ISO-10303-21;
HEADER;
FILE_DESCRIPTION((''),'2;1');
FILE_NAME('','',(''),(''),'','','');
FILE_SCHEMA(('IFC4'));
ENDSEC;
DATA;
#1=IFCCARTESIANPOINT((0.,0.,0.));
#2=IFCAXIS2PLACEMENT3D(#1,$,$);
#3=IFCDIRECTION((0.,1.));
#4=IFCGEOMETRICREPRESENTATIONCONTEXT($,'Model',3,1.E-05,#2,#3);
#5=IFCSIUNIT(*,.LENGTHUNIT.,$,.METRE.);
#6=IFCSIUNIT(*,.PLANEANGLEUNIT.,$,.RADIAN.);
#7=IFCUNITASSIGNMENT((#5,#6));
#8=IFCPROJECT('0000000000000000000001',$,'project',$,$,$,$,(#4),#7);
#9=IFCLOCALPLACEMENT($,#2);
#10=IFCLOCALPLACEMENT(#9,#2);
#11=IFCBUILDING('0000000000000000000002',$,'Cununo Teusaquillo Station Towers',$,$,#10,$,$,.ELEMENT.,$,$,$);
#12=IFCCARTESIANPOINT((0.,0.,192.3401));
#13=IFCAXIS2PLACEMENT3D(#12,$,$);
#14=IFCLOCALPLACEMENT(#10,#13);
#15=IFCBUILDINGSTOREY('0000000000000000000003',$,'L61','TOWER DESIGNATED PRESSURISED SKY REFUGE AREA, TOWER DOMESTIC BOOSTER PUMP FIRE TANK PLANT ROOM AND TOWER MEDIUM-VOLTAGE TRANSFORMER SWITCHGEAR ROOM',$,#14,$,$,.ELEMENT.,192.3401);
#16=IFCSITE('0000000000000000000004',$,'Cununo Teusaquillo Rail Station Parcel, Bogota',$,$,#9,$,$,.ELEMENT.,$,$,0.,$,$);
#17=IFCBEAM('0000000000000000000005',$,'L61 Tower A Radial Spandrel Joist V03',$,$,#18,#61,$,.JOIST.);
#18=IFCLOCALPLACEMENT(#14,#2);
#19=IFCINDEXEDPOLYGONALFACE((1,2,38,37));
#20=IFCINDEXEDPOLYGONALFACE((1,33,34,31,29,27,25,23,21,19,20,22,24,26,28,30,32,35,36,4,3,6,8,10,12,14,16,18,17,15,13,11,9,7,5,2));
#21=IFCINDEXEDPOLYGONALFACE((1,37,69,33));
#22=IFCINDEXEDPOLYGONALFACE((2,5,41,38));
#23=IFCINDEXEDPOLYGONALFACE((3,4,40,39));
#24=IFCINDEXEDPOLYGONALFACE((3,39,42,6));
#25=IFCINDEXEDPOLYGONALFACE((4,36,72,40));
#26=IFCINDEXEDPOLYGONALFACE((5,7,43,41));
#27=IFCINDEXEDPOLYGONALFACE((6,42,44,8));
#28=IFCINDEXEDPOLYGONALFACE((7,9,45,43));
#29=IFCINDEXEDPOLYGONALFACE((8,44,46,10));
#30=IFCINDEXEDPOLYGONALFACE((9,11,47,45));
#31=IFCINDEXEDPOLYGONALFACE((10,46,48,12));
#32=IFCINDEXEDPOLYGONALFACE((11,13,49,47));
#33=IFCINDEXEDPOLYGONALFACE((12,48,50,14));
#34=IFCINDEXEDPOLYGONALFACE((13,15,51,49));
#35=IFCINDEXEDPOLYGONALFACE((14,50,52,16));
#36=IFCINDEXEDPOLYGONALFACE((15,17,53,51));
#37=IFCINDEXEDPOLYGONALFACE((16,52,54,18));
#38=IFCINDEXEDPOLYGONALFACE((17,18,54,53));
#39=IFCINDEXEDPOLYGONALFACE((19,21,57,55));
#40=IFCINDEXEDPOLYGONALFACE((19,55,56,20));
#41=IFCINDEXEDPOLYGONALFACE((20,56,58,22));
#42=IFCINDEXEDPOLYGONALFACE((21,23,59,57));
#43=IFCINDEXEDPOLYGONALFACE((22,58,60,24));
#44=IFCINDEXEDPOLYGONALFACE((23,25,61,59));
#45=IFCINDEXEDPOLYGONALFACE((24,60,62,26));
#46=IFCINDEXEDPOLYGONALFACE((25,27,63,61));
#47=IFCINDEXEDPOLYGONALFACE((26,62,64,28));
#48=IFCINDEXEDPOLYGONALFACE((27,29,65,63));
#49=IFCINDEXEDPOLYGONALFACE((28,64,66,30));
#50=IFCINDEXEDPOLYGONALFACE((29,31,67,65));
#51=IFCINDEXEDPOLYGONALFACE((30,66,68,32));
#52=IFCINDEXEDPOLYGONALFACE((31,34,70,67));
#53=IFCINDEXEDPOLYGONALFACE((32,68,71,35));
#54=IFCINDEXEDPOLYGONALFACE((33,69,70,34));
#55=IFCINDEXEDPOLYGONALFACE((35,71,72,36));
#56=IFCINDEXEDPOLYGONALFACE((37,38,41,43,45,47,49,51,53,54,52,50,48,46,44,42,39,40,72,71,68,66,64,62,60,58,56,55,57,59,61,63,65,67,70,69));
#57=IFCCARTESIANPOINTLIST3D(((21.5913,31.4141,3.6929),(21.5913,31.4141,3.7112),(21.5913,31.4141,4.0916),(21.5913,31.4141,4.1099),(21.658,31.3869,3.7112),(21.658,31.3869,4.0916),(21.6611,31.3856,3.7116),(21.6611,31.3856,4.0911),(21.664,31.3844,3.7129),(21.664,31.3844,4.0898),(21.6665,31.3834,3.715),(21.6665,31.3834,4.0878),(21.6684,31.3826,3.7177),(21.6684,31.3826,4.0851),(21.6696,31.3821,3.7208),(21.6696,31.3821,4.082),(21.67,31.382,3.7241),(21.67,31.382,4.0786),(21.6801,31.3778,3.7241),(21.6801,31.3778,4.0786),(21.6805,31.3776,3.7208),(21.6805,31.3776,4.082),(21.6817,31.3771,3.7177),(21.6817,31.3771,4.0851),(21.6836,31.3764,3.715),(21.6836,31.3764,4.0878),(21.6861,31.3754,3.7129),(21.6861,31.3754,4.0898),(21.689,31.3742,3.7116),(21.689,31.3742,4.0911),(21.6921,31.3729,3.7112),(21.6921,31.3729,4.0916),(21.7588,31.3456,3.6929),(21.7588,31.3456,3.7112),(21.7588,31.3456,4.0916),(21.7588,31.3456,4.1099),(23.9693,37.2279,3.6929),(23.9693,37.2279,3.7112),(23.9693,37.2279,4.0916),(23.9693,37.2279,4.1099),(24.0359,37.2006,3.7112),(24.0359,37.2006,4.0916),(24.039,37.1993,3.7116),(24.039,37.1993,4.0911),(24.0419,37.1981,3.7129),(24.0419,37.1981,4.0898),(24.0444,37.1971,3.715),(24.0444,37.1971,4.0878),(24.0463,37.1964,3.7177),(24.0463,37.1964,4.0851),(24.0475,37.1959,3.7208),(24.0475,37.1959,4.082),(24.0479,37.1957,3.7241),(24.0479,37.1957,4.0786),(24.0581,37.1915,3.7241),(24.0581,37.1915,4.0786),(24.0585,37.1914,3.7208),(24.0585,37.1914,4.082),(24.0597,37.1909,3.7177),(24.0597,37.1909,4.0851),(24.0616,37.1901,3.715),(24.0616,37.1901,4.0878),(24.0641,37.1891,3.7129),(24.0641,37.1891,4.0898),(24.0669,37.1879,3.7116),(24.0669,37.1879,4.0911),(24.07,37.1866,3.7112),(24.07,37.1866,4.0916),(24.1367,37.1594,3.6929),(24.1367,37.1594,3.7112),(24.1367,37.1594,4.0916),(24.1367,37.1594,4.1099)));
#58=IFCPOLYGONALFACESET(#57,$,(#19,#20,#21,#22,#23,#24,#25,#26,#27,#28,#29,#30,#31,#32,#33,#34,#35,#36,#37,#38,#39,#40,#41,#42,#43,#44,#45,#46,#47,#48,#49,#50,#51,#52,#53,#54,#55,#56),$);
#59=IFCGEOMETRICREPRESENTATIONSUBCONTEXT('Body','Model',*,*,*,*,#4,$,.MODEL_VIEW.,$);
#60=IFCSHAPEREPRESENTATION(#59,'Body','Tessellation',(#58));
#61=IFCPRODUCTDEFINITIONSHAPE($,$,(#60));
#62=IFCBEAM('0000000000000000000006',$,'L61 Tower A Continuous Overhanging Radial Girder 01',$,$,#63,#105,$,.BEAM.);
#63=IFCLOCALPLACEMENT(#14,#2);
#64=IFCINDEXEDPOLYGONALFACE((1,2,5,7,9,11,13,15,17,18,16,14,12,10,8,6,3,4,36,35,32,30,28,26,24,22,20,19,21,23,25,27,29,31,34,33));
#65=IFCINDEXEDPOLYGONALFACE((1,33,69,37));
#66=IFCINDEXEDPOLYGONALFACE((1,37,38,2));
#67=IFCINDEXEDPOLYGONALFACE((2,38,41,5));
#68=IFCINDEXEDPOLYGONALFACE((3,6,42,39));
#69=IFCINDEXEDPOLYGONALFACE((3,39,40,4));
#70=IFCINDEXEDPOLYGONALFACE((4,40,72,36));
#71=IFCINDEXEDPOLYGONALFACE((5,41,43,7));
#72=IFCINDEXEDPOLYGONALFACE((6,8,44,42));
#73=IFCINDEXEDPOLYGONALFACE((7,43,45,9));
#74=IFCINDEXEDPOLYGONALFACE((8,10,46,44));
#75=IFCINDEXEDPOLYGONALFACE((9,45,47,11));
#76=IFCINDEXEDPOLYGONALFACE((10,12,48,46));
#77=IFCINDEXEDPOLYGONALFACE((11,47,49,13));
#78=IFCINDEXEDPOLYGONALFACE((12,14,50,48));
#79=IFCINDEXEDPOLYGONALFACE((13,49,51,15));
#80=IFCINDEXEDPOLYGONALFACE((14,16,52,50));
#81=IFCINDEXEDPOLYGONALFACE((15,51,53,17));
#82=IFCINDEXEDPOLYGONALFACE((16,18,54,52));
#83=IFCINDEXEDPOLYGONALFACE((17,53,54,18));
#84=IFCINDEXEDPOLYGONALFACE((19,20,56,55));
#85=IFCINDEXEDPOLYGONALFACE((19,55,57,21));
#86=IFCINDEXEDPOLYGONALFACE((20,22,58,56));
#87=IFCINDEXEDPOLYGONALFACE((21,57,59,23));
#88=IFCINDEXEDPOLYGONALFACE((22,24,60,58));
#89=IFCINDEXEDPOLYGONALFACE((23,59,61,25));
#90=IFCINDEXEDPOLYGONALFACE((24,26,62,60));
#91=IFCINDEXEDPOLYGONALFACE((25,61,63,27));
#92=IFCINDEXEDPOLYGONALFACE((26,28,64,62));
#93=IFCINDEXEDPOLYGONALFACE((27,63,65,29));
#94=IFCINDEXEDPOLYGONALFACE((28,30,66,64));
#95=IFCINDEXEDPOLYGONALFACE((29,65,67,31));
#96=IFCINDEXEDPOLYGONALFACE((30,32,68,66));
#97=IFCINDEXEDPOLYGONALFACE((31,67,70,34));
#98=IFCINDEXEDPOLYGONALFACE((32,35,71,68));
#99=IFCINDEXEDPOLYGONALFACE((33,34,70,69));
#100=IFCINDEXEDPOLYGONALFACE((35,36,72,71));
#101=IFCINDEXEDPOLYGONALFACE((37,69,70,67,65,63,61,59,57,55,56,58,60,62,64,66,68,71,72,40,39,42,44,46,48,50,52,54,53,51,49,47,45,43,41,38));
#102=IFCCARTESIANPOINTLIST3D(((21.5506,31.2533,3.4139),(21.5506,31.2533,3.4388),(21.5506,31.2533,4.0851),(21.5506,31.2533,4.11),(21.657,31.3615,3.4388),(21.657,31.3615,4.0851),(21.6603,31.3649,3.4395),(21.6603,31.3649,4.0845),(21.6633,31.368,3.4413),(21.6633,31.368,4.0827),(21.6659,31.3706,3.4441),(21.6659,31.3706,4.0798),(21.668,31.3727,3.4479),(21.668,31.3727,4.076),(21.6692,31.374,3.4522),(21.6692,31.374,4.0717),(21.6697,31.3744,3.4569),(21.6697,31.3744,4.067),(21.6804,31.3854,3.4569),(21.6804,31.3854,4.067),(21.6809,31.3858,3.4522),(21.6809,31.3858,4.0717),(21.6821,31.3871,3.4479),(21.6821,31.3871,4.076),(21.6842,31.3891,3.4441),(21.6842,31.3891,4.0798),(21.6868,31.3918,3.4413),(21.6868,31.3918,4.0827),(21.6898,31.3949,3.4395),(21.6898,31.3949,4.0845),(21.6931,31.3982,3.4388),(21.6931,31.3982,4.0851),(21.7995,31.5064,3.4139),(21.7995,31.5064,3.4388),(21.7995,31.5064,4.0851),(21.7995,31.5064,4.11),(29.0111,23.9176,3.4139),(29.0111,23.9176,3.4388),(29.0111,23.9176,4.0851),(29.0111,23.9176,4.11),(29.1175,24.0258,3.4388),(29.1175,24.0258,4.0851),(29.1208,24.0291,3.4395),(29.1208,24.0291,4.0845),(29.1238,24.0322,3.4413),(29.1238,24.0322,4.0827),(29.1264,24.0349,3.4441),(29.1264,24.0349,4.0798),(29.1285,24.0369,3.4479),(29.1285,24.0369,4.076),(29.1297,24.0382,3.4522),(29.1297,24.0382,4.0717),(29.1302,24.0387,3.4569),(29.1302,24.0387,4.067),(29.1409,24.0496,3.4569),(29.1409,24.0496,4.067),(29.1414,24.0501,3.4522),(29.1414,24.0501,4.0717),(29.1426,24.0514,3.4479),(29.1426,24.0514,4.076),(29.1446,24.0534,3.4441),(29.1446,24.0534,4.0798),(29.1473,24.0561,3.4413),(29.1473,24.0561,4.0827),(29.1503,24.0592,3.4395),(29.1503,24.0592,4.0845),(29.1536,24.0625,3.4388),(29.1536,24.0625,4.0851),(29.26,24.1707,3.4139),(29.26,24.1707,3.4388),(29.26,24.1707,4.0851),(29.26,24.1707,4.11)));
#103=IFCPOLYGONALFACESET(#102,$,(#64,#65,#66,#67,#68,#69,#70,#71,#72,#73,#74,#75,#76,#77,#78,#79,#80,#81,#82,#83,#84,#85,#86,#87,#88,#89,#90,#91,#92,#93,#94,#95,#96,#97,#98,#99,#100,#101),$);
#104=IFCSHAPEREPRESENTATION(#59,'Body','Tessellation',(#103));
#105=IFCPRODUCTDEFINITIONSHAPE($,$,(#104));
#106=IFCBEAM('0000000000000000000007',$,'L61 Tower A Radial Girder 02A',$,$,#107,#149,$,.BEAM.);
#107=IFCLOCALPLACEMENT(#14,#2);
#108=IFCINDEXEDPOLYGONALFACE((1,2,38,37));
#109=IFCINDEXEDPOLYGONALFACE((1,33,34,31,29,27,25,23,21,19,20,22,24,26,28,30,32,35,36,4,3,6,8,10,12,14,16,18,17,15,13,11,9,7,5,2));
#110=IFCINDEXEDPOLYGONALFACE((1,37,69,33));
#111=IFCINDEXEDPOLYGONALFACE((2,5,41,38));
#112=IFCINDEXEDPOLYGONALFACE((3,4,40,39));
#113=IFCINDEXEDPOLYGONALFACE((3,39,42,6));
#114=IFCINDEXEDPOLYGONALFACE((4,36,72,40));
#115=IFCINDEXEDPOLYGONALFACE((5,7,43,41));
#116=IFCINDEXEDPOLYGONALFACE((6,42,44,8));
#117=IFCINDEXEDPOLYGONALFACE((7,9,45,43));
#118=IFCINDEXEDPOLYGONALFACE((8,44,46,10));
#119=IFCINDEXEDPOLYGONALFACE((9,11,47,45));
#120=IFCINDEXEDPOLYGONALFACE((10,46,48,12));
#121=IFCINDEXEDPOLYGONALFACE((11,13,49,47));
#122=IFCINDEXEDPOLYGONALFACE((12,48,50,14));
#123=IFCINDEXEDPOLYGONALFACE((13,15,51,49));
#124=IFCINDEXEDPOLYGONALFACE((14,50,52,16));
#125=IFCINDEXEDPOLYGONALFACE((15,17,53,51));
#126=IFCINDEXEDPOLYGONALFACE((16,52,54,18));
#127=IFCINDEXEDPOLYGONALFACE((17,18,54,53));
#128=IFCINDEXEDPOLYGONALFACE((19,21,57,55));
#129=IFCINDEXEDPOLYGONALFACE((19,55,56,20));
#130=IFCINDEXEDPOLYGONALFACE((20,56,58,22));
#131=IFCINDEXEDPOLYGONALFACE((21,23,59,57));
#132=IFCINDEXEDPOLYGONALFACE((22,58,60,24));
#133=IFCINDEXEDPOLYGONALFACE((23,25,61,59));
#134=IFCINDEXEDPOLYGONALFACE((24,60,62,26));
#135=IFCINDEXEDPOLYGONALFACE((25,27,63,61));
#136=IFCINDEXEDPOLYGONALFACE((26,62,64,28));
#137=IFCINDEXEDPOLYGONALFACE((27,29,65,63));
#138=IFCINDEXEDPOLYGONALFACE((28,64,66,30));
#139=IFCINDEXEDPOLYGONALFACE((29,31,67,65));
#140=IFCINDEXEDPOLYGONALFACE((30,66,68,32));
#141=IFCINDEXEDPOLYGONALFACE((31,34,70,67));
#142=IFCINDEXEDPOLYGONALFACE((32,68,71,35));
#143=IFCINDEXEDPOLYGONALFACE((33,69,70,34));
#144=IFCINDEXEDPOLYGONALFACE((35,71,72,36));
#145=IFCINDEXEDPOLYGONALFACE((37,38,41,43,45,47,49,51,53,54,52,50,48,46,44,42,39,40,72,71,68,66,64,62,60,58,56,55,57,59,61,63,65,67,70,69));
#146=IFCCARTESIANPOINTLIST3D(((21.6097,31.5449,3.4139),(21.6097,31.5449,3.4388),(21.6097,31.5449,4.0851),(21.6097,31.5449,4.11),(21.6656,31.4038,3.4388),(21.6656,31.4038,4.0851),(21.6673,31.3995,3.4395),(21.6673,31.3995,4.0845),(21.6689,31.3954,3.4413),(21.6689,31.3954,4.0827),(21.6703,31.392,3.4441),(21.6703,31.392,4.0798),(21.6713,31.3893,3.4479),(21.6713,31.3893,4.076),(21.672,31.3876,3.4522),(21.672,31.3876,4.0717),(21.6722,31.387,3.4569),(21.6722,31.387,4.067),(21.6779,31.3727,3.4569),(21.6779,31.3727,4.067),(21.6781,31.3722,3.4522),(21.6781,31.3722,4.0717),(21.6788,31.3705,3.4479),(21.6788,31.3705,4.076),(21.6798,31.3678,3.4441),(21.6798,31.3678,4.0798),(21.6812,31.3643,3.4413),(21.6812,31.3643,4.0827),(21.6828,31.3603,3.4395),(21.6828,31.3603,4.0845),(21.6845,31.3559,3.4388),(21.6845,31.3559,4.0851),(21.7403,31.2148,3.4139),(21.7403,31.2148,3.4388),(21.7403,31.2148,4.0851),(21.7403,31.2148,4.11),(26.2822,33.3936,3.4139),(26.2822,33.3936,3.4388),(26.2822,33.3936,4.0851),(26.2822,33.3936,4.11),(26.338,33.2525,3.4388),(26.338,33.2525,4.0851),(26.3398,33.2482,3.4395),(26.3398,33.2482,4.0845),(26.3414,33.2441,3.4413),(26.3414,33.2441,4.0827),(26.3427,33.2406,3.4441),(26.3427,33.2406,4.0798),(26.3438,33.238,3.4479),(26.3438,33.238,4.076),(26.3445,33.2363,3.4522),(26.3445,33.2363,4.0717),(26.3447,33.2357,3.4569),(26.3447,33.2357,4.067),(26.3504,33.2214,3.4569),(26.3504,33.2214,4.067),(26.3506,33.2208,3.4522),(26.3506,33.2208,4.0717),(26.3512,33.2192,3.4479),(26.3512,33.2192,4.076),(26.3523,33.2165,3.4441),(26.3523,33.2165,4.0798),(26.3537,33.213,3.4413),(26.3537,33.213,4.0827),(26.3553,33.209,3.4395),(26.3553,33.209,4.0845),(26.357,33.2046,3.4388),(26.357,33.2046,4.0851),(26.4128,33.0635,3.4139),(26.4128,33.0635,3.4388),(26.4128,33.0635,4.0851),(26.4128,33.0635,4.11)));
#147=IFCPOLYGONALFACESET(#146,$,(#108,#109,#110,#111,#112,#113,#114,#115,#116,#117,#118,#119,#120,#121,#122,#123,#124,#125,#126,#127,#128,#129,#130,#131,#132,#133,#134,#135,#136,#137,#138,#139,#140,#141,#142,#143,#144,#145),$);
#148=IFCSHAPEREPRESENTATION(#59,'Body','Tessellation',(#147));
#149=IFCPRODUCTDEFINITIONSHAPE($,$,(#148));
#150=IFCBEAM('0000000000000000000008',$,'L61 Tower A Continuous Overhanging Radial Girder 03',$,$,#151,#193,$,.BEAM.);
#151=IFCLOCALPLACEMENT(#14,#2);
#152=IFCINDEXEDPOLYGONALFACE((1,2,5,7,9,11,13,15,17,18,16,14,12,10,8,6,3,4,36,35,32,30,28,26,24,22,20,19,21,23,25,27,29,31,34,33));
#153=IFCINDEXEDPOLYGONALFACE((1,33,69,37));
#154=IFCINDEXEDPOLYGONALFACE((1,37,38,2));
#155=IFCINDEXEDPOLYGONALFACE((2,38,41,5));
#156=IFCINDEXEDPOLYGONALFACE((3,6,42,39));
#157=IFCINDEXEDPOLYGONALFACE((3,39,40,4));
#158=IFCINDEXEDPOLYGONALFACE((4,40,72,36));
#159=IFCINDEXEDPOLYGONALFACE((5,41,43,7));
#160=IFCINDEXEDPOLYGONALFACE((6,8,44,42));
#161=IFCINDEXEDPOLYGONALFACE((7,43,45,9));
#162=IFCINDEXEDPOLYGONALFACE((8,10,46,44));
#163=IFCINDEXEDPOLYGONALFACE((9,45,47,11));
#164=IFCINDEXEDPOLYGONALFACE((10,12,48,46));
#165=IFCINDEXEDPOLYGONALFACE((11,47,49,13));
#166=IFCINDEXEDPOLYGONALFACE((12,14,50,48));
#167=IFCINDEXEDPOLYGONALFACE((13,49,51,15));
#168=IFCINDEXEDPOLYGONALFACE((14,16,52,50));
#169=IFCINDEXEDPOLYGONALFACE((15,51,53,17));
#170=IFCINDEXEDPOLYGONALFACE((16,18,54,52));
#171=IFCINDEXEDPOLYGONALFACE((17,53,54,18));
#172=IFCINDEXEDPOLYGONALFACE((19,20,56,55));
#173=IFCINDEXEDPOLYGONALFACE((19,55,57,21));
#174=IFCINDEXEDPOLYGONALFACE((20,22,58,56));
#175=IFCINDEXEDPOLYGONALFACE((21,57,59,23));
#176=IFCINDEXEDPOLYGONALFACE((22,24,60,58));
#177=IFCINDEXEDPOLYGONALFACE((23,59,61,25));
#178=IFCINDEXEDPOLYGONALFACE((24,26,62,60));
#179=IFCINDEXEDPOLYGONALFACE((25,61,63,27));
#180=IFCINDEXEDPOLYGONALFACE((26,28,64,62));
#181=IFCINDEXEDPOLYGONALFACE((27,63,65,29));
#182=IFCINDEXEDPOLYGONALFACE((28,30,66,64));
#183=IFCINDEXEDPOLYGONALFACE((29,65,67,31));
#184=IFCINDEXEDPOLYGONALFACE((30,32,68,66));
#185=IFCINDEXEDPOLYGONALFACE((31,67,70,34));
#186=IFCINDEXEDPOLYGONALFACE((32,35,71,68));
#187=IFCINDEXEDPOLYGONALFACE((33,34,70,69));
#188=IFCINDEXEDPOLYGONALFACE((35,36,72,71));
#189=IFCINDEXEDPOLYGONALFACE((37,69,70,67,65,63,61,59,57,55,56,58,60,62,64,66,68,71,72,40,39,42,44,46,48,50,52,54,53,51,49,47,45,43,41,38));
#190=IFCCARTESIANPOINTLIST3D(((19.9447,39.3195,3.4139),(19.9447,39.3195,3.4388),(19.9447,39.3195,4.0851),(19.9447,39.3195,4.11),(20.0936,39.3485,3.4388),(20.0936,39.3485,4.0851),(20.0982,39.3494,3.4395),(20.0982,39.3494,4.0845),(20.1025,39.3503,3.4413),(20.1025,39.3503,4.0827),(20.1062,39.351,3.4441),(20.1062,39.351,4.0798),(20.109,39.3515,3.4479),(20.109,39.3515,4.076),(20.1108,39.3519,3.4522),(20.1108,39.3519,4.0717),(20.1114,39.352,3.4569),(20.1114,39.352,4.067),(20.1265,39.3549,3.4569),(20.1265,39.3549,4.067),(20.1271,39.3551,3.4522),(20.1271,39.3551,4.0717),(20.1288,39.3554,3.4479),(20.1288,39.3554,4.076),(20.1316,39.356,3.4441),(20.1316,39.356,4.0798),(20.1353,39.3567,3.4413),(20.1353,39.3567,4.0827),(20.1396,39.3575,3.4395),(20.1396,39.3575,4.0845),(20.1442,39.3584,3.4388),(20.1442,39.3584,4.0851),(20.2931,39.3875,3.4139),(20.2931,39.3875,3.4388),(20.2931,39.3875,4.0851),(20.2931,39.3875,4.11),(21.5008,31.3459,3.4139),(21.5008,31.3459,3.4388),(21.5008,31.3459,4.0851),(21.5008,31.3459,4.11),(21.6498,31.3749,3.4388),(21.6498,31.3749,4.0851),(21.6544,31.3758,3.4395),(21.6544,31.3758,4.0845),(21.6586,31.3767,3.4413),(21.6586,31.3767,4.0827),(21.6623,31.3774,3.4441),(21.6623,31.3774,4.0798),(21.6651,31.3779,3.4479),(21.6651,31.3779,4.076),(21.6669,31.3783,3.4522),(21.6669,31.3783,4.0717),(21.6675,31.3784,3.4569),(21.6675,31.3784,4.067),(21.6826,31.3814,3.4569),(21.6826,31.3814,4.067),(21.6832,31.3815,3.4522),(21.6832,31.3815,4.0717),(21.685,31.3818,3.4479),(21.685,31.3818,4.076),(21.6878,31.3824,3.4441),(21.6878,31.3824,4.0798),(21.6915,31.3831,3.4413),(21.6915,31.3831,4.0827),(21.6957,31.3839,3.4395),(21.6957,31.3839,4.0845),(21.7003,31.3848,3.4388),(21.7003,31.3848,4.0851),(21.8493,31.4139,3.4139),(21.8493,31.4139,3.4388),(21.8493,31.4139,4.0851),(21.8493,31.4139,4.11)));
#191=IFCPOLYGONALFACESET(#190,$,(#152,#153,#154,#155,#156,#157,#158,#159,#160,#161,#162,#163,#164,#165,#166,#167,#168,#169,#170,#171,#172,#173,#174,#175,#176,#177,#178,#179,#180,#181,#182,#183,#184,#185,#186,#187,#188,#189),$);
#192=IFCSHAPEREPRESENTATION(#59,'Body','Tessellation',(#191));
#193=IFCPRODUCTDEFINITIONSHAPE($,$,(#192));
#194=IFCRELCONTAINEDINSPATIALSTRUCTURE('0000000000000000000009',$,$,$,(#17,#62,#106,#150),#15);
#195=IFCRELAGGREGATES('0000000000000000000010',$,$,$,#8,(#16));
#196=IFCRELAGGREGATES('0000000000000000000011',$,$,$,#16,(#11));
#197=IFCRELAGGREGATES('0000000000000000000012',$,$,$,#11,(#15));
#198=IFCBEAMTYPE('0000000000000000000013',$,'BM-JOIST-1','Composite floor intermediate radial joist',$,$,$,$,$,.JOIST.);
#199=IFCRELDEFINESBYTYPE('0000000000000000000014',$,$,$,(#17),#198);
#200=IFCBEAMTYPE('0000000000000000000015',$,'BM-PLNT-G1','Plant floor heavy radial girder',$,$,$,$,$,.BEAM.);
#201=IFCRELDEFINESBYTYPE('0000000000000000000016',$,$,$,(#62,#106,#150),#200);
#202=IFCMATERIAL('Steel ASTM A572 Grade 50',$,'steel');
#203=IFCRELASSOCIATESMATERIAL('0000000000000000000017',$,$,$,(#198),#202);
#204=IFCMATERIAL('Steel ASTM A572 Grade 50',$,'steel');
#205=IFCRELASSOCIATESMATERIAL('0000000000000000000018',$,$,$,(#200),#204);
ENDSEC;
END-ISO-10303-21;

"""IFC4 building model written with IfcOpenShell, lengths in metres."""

from ifc_helpers import new_model, si_unit, direction, frame, origin, origin_2d, place, context, subcontext, project, spatial, i_section, extrude, material, material_profile, profile_set, type_object, element, save


model = new_model("IFC4")

# Units and contexts
model_context = context("Model", 3, precision=1e-05, world=origin(), true_north=direction((0.0, 1.0)))
body_context = subcontext(model_context, "Body", "Model", "MODEL_VIEW")
ifc_project = project(units=[si_unit("LENGTHUNIT", "METRE"), si_unit("PLANEANGLEUNIT", "RADIAN")], contexts=[model_context])

# Site, building, storey
site_placement = place(None, origin())
site = spatial("IfcSite", under=ifc_project, at=site_placement, Name="Cununo Teusaquillo Rail Station Parcel, Bogota", CompositionType="ELEMENT", RefElevation=0.0)
building_placement = place(site_placement, origin())
building = spatial("IfcBuilding", under=site, at=building_placement, Name="Cununo Teusaquillo Station Towers", CompositionType="ELEMENT")
storey_placement = place(building_placement, frame((0.0, 0.0, 192.3401)))
storey = spatial("IfcBuildingStorey", under=building, at=storey_placement, Name="L61", Description="TOWER DESIGNATED PRESSURISED SKY REFUGE AREA, TOWER DOMESTIC BOOSTER PUMP FIRE TANK PLANT ROOM AND TOWER MEDIUM-VOLTAGE TRANSFORMER SWITCHGEAR ROOM", CompositionType="ELEMENT", Elevation=192.3401)

# Beams
ifc_material_1 = material(Name="Steel ASTM A572 Grade 50", Category="steel")
ifc_material_profile_1 = material_profile(ifc_material_1, i_section(OverallWidth=0.1809, OverallDepth=0.417, WebThickness=0.011, FlangeThickness=0.0183, FilletRadius=0.0129, at=origin_2d()), Name="W16X57")
ifc_profile_set_1 = profile_set([ifc_material_profile_1], Name="Steel ASTM A572 Grade 50")
beam_type_1 = type_object("IfcBeamType", Name="BM-JOIST-1", Description="Composite floor intermediate radial joist", PredefinedType="JOIST", material=ifc_profile_set_1)
beam_1_placement = place(storey_placement, frame((21.675, 31.3799, 3.9014), z_axis=(0.378577, 0.92557, 0.0), x_axis=(-0.92557, 0.378577, 0.0)))
element("IfcBeam", 1, at=beam_1_placement, inside=storey, type_object=beam_type_1, Name="L61 Tower A Radial Spandrel Joist V03", PredefinedType="JOIST", context=body_context, shape_type="SweptSolid", body=[
    extrude(i_section(OverallWidth=0.1809, OverallDepth=0.417, WebThickness=0.011, FlangeThickness=0.0183, FilletRadius=0.0129, at=origin_2d()), origin(), (0.0, 0.0, 1.0), 6.2812),
])
ifc_material_2 = material(Name="Steel ASTM A572 Grade 50", Category="steel")
ifc_material_profile_2 = material_profile(ifc_material_2, i_section(OverallWidth=0.355, OverallDepth=0.696, WebThickness=0.0154, FlangeThickness=0.0249, FilletRadius=0.0181, at=origin_2d()), Name="W27X146")
ifc_profile_set_2 = profile_set([ifc_material_profile_2], Name="Steel ASTM A572 Grade 50")
beam_type_2 = type_object("IfcBeamType", Name="BM-PLNT-G1", Description="Plant floor heavy radial girder", PredefinedType="BEAM", material=ifc_profile_set_2)
beam_2_placement = place(storey_placement, frame((21.675, 31.3799, 3.762), z_axis=(0.713044, -0.70112, 0.0), x_axis=(0.70112, 0.713044, 0.0)))
element("IfcBeam", 2, at=beam_2_placement, inside=storey, type_object=beam_type_2, Name="L61 Tower A Continuous Overhanging Radial Girder 01", PredefinedType="BEAM", context=body_context, shape_type="SweptSolid", body=[
    extrude(i_section(OverallWidth=0.355, OverallDepth=0.696, WebThickness=0.0154, FlangeThickness=0.0249, FilletRadius=0.0181, at=origin_2d()), origin(), (0.0, 0.0, 1.0), 10.4629),
])
beam_3_placement = place(storey_placement, frame((21.675, 31.3799, 3.762), z_axis=(0.929864, 0.367903, 0.0), x_axis=(-0.367903, 0.929864, 0.0)))
element("IfcBeam", 3, at=beam_3_placement, inside=storey, type_object=beam_type_2, Name="L61 Tower A Radial Girder 02A", PredefinedType="BEAM", context=body_context, shape_type="SweptSolid", body=[
    extrude(i_section(OverallWidth=0.355, OverallDepth=0.696, WebThickness=0.0154, FlangeThickness=0.0249, FilletRadius=0.0181, at=origin_2d()), origin(), (0.0, 0.0, 1.0), 5.0249),
])
beam_4_placement = place(storey_placement, frame((21.675, 31.3799, 3.762), z_axis=(-0.191548, 0.981483, 0.0), x_axis=(-0.981483, -0.191548, 0.0)))
element("IfcBeam", 4, at=beam_4_placement, inside=storey, type_object=beam_type_2, Name="L61 Tower A Continuous Overhanging Radial Girder 03", PredefinedType="BEAM", context=body_context, shape_type="SweptSolid", body=[
    extrude(i_section(OverallWidth=0.355, OverallDepth=0.696, WebThickness=0.0154, FlangeThickness=0.0249, FilletRadius=0.0181, at=origin_2d()), origin(), (0.0, 0.0, 1.0), 8.124),
])

save(model, "model.ifc")
